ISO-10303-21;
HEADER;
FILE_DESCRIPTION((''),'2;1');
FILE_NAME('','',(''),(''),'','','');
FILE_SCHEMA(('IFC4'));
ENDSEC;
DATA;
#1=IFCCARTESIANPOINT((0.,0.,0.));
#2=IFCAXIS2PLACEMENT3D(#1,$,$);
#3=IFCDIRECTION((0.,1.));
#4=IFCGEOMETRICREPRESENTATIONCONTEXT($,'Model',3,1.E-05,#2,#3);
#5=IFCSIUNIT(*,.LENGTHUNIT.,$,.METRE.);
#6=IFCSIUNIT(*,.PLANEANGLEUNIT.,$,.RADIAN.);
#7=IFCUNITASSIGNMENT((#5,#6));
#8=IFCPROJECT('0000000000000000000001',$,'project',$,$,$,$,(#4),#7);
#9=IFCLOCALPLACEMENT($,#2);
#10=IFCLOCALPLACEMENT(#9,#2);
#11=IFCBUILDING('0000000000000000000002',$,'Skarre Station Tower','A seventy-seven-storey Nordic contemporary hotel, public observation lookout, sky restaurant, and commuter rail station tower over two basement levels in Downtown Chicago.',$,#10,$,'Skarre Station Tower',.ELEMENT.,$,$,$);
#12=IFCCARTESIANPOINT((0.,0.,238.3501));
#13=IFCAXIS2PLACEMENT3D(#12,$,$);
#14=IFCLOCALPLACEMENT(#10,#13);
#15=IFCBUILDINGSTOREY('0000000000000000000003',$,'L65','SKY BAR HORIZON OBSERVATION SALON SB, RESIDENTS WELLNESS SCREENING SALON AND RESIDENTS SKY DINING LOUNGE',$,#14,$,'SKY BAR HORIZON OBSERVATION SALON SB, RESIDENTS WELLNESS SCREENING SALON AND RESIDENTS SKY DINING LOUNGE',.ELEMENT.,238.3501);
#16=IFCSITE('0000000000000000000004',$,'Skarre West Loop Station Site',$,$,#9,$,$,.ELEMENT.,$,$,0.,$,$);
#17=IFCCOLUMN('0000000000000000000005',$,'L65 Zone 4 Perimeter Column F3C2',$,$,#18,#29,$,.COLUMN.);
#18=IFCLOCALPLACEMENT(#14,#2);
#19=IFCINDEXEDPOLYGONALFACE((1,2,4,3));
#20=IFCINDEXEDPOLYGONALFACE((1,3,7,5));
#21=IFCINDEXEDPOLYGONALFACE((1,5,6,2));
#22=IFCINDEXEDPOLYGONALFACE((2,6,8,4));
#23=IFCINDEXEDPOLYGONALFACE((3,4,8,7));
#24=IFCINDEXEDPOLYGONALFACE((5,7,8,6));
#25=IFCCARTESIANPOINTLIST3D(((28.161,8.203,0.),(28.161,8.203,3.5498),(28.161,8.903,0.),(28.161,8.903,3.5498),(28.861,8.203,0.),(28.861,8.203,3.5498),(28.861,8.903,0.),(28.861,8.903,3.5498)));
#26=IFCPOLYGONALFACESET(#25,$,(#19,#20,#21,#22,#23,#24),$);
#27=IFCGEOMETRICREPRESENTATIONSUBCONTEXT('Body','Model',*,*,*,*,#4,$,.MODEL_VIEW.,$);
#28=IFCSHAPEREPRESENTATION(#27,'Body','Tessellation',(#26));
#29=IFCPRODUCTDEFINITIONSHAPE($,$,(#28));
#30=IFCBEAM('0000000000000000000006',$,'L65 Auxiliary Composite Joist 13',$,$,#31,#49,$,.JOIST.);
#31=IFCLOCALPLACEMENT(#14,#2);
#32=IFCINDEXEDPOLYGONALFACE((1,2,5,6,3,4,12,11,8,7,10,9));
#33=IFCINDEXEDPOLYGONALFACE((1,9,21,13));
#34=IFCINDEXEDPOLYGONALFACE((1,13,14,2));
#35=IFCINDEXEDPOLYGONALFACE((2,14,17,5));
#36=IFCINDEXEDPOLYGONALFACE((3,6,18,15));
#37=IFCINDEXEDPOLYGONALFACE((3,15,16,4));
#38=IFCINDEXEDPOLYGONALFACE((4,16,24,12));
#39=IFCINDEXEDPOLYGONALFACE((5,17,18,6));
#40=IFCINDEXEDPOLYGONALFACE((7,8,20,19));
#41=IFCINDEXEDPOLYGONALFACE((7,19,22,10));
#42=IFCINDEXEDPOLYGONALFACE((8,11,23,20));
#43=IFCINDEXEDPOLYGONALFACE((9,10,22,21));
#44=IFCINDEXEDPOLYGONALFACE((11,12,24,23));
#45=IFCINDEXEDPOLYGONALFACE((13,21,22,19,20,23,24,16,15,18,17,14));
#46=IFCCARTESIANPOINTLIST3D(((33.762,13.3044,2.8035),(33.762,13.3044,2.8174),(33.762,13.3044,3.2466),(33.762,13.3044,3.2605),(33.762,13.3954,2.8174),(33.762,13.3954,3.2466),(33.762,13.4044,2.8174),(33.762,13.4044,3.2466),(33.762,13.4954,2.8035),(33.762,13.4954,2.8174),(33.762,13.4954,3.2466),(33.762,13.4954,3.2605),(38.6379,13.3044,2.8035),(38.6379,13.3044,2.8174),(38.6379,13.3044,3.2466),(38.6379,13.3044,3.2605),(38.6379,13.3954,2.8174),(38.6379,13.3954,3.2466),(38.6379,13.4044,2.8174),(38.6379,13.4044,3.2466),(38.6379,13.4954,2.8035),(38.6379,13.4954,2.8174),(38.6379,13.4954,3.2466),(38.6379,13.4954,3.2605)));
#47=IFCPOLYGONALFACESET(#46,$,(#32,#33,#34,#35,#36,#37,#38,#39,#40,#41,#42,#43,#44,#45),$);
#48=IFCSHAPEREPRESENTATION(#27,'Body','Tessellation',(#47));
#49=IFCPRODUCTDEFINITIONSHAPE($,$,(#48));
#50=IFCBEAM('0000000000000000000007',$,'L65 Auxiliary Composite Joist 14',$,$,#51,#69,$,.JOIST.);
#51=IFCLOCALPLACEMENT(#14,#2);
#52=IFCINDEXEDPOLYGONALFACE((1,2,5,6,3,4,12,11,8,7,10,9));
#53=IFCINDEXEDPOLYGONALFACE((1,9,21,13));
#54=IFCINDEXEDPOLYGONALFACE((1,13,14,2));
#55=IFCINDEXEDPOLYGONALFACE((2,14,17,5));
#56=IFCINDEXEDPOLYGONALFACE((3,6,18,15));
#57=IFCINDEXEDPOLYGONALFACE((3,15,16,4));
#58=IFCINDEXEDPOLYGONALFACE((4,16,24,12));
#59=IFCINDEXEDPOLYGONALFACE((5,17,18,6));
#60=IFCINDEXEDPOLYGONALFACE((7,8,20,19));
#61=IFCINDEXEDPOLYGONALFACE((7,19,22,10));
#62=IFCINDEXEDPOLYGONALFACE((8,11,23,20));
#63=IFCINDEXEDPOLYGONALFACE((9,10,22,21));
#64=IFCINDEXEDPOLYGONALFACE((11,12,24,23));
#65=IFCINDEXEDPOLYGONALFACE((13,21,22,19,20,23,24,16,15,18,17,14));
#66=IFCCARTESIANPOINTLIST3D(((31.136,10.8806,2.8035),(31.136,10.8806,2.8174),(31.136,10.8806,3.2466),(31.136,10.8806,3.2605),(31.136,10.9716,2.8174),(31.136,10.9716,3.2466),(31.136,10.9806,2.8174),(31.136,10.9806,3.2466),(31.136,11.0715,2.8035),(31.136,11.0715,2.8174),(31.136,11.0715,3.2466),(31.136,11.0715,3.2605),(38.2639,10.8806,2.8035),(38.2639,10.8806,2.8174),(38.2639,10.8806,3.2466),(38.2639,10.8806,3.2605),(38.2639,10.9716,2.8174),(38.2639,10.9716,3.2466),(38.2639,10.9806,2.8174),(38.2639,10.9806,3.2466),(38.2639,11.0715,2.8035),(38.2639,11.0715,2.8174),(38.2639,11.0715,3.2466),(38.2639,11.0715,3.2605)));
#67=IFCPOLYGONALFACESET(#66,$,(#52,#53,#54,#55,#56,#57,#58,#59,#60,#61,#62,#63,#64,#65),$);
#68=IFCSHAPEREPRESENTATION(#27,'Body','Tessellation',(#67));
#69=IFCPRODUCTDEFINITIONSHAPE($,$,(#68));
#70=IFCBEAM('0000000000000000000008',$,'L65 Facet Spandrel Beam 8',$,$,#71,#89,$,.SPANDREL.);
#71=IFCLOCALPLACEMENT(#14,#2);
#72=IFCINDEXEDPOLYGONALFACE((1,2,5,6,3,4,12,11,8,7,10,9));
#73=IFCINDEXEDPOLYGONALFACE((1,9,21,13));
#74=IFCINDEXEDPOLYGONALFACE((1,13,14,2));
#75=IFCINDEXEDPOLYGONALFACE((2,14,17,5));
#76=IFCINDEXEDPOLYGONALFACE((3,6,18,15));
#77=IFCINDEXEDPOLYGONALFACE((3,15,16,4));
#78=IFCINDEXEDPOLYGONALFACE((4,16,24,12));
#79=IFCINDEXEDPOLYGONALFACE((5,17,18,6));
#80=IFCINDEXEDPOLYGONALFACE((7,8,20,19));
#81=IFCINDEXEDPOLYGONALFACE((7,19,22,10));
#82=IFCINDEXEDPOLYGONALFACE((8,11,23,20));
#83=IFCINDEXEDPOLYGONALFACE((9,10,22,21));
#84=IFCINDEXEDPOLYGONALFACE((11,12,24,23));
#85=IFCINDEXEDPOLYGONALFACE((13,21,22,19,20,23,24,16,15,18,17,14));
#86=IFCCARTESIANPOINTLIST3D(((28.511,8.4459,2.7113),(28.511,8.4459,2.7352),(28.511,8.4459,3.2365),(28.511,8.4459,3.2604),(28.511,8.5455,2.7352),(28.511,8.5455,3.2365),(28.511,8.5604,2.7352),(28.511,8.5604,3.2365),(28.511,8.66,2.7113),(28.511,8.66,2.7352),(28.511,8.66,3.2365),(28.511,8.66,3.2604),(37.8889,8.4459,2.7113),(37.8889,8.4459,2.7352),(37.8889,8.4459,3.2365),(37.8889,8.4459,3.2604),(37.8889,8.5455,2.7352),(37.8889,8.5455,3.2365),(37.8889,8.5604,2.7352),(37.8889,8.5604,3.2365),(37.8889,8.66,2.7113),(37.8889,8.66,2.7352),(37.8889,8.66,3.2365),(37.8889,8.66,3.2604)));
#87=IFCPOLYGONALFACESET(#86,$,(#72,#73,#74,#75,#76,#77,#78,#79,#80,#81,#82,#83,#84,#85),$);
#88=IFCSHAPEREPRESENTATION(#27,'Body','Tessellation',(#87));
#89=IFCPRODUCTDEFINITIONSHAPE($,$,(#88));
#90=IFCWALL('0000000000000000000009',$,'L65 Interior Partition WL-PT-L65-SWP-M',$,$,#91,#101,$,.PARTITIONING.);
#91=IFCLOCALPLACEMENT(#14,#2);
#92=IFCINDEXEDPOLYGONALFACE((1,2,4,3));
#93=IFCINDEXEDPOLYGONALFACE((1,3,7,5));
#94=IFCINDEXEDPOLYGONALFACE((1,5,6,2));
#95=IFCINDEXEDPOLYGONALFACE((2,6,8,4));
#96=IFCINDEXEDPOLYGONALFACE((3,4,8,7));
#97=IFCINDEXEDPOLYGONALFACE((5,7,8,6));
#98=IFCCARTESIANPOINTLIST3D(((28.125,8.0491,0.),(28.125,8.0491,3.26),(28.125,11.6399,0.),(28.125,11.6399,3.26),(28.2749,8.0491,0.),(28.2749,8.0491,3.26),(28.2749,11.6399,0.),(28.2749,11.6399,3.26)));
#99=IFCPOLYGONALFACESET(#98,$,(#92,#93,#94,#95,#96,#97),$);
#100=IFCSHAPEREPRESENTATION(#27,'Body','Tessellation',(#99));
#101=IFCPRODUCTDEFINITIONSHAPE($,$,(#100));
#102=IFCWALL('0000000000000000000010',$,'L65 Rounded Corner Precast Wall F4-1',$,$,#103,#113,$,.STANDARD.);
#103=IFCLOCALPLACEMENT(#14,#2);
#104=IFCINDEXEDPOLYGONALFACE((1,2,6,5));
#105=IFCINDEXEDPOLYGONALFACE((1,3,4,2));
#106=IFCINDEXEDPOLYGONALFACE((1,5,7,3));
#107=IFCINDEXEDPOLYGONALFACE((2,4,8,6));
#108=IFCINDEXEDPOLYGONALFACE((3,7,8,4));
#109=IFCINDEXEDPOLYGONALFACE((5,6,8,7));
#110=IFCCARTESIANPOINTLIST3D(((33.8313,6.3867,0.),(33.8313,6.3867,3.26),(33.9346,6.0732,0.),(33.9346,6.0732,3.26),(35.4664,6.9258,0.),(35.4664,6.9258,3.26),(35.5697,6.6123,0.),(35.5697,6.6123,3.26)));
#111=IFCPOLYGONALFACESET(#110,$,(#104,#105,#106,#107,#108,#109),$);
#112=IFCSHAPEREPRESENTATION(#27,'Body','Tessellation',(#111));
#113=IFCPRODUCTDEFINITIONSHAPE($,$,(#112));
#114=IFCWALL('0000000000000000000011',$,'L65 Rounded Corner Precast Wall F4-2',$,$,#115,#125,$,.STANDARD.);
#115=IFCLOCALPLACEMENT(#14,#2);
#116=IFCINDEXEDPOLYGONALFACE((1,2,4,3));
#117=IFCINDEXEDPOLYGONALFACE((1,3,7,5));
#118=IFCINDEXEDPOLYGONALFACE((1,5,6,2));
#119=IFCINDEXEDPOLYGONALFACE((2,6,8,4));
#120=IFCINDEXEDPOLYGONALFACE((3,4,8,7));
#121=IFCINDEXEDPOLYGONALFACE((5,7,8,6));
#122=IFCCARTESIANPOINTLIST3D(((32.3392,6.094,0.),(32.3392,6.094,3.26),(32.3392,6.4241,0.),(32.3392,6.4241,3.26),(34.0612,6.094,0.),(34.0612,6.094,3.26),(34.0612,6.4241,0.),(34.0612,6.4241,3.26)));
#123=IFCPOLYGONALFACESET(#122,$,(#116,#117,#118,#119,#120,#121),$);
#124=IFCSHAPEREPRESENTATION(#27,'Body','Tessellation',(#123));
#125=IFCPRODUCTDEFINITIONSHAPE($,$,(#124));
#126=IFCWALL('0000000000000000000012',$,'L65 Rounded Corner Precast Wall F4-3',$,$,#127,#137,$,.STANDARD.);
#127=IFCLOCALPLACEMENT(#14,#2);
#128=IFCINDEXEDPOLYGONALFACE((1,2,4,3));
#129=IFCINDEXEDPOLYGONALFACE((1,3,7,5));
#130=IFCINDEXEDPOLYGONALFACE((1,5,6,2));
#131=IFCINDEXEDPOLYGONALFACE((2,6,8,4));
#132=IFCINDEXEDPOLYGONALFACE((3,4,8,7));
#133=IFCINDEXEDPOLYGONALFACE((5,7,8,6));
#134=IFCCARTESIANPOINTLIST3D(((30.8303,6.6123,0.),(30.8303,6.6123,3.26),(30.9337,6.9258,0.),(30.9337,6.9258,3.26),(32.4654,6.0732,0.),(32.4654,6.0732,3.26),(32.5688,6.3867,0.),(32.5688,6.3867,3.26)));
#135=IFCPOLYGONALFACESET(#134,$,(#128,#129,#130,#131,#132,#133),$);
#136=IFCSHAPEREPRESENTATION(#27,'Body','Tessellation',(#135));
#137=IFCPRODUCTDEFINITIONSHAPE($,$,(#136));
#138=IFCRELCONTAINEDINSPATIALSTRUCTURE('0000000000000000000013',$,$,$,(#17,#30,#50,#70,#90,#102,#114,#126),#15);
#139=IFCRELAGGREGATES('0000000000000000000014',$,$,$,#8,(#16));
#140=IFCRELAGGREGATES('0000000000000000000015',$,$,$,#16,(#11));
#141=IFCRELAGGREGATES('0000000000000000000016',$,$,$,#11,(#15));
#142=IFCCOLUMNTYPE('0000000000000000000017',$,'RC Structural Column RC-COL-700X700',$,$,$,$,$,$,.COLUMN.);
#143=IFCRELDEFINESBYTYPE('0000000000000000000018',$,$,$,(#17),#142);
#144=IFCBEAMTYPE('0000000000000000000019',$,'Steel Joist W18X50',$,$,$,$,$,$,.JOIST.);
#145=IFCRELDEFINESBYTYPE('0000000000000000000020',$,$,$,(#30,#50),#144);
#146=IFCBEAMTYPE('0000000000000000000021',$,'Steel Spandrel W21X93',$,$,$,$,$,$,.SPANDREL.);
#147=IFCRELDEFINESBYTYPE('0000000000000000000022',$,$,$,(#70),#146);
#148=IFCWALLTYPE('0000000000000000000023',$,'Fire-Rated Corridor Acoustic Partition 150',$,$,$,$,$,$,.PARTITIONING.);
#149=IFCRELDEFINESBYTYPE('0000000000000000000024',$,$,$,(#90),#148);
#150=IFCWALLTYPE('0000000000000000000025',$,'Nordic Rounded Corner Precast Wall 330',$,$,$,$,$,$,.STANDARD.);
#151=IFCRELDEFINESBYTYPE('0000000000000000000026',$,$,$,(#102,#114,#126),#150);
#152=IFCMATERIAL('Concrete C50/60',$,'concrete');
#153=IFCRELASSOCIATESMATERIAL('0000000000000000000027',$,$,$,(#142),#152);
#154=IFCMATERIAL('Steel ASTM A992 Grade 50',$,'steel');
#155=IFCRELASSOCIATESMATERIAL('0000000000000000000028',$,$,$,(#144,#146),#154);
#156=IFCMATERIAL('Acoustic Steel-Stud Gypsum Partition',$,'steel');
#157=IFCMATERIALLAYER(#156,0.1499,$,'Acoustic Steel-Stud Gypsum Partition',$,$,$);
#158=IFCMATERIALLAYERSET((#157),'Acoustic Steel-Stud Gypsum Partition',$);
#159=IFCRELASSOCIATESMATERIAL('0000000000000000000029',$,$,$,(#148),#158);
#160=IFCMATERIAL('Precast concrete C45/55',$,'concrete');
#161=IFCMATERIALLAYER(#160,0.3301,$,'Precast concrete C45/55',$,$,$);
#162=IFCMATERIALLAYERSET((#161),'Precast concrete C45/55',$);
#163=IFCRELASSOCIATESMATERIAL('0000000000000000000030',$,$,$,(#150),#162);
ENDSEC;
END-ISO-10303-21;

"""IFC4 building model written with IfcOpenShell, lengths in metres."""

from ifc_helpers import new_model, si_unit, direction, frame, frame_2d, origin, origin_2d, place, context, subcontext, project, spatial, rectangle, i_section, extrude, material, layer, layer_set, material_profile, profile_set, type_object, element, save


model = new_model("IFC4")

# Units and contexts
model_context = context("Model", 3, precision=1e-05, world=origin(), true_north=direction((0.0, 1.0)))
body_context = subcontext(model_context, "Body", "Model", "MODEL_VIEW")
ifc_project = project(units=[si_unit("LENGTHUNIT", "METRE"), si_unit("PLANEANGLEUNIT", "RADIAN")], contexts=[model_context])

# Site, building, storey
site_placement = place(None, origin())
site = spatial("IfcSite", under=ifc_project, at=site_placement, Name="Skarre West Loop Station Site", CompositionType="ELEMENT", RefElevation=0.0)
building_placement = place(site_placement, origin())
building = spatial("IfcBuilding", under=site, at=building_placement, Name="Skarre Station Tower", Description="A seventy-seven-storey Nordic contemporary hotel, public observation lookout, sky restaurant, and commuter rail station tower over two basement levels in Downtown Chicago.", LongName="Skarre Station Tower", CompositionType="ELEMENT")
storey_placement = place(building_placement, frame((0.0, 0.0, 238.3501)))
storey = spatial("IfcBuildingStorey", under=building, at=storey_placement, Name="L65", Description="SKY BAR HORIZON OBSERVATION SALON SB, RESIDENTS WELLNESS SCREENING SALON AND RESIDENTS SKY DINING LOUNGE", LongName="SKY BAR HORIZON OBSERVATION SALON SB, RESIDENTS WELLNESS SCREENING SALON AND RESIDENTS SKY DINING LOUNGE", CompositionType="ELEMENT", Elevation=238.3501)

# Column
ifc_material_1 = material(Name="Concrete C50/60", Category="concrete")
ifc_material_profile_1 = material_profile(ifc_material_1, rectangle(XDim=0.7, YDim=0.7, at=origin_2d()), Name="Concrete C50/60")
ifc_profile_set_1 = profile_set([ifc_material_profile_1], Name="Concrete C50/60")
column_type = type_object("IfcColumnType", Name="RC Structural Column RC-COL-700X700", PredefinedType="COLUMN", material=ifc_profile_set_1)
column_placement = place(storey_placement, frame((28.511, 8.553, 0.0), z_axis=(0.0, 0.0, 1.0), x_axis=(1.0, 0.0, 0.0)))
element("IfcColumn", 1, at=column_placement, inside=storey, type_object=column_type, Name="L65 Zone 4 Perimeter Column F3C2", PredefinedType="COLUMN", context=body_context, shape_type="SweptSolid", body=[
    extrude(rectangle(XDim=0.7, YDim=0.7, at=origin_2d()), origin(), (0.0, 0.0, 1.0), 3.5498),
])

# Beams
ifc_material_2 = material(Name="Steel ASTM A992 Grade 50", Category="steel")
ifc_material_profile_2 = material_profile(ifc_material_2, i_section(OverallWidth=0.1909, OverallDepth=0.457, WebThickness=0.009, FlangeThickness=0.0139, at=origin_2d()), Name="Steel ASTM A992 Grade 50")
ifc_profile_set_2 = profile_set([ifc_material_profile_2], Name="Steel ASTM A992 Grade 50")
beam_type_1 = type_object("IfcBeamType", Name="Steel Joist W18X50", PredefinedType="JOIST", material=ifc_profile_set_2)
beam_1_placement = place(storey_placement, frame((33.762, 13.3999, 3.032), z_axis=(1.0, 0.0, 0.0), x_axis=(0.0, 1.0, 0.0)))
element("IfcBeam", 2, at=beam_1_placement, inside=storey, type_object=beam_type_1, Name="L65 Auxiliary Composite Joist 13", PredefinedType="JOIST", context=body_context, shape_type="SweptSolid", body=[
    extrude(i_section(OverallWidth=0.1909, OverallDepth=0.457, WebThickness=0.009, FlangeThickness=0.0139, at=origin_2d()), origin(), (0.0, 0.0, 1.0), 4.876),
])
beam_2_placement = place(storey_placement, frame((31.136, 10.9761, 3.032), z_axis=(1.0, 0.0, 0.0), x_axis=(0.0, 1.0, 0.0)))
element("IfcBeam", 3, at=beam_2_placement, inside=storey, type_object=beam_type_1, Name="L65 Auxiliary Composite Joist 14", PredefinedType="JOIST", context=body_context, shape_type="SweptSolid", body=[
    extrude(i_section(OverallWidth=0.1909, OverallDepth=0.457, WebThickness=0.009, FlangeThickness=0.0139, at=origin_2d()), origin(), (0.0, 0.0, 1.0), 7.1279),
])
ifc_material_profile_3 = material_profile(ifc_material_2, i_section(OverallWidth=0.2141, OverallDepth=0.5491, WebThickness=0.0149, FlangeThickness=0.0239, at=origin_2d()), Name="Steel ASTM A992 Grade 50")
ifc_profile_set_3 = profile_set([ifc_material_profile_3], Name="Steel ASTM A992 Grade 50")
beam_type_2 = type_object("IfcBeamType", Name="Steel Spandrel W21X93", PredefinedType="SPANDREL", material=ifc_profile_set_3)
beam_3_placement = place(storey_placement, frame((28.511, 8.553, 2.9858), z_axis=(1.0, 0.0, 0.0), x_axis=(0.0, 1.0, 0.0)))
element("IfcBeam", 4, at=beam_3_placement, inside=storey, type_object=beam_type_2, Name="L65 Facet Spandrel Beam 8", PredefinedType="SPANDREL", context=body_context, shape_type="SweptSolid", body=[
    extrude(i_section(OverallWidth=0.2141, OverallDepth=0.5491, WebThickness=0.0149, FlangeThickness=0.0239, at=origin_2d()), origin(), (0.0, 0.0, 1.0), 9.3779),
])

# Walls
ifc_material_3 = material(Name="Acoustic Steel-Stud Gypsum Partition", Category="steel")
ifc_layer_1 = layer(ifc_material_3, 0.1499, Name="Acoustic Steel-Stud Gypsum Partition")
ifc_layer_set_1 = layer_set([ifc_layer_1], Name="Acoustic Steel-Stud Gypsum Partition")
wall_type_1 = type_object("IfcWallType", Name="Fire-Rated Corridor Acoustic Partition 150", PredefinedType="PARTITIONING", material=ifc_layer_set_1)
wall_1_placement = place(storey_placement, frame((28.2, 8.0491, 0.0), z_axis=(0.0, 0.0, 1.0), x_axis=(0.0, 1.0, 0.0)))
element("IfcWall", 5, at=wall_1_placement, inside=storey, type_object=wall_type_1, Name="L65 Interior Partition WL-PT-L65-SWP-M", PredefinedType="PARTITIONING", context=body_context, shape_type="SweptSolid", body=[
    extrude(rectangle(XDim=3.5908, YDim=0.1499, at=frame_2d((1.7954, 0.0))), origin(), (0.0, 0.0, 1.0), 3.26),
])
ifc_material_4 = material(Name="Precast concrete C45/55", Category="concrete")
ifc_layer_2 = layer(ifc_material_4, 0.3301, Name="Precast concrete C45/55")
ifc_layer_set_2 = layer_set([ifc_layer_2], Name="Precast concrete C45/55")
wall_type_2 = type_object("IfcWallType", Name="Nordic Rounded Corner Precast Wall 330", PredefinedType="STANDARD", material=ifc_layer_set_2)
wall_2_placement = place(storey_placement, frame((35.5181, 6.769, 0.0), z_axis=(0.0, 0.0, 1.0), x_axis=(-0.949713, -0.31312, 0.0)))
element("IfcWall", 6, at=wall_2_placement, inside=storey, type_object=wall_type_2, Name="L65 Rounded Corner Precast Wall F4-1", PredefinedType="STANDARD", context=body_context, shape_type="SweptSolid", body=[
    extrude(rectangle(XDim=1.7217, YDim=0.3301, at=frame_2d((0.8608, 0.0))), origin(), (0.0, 0.0, 1.0), 3.26),
])
wall_3_placement = place(storey_placement, frame((34.061, 6.259, 0.0), z_axis=(0.0, 0.0, 1.0), x_axis=(-1.0, 0.0, 0.0)))
element("IfcWall", 7, at=wall_3_placement, inside=storey, type_object=wall_type_2, Name="L65 Rounded Corner Precast Wall F4-2", PredefinedType="STANDARD", context=body_context, shape_type="SweptSolid", body=[
    extrude(rectangle(XDim=1.7219, YDim=0.3301, at=frame_2d((0.8608, 0.0))), origin(), (0.0, 0.0, 1.0), 3.26),
])
wall_4_placement = place(storey_placement, frame((32.5171, 6.23, 0.0), z_axis=(0.0, 0.0, 1.0), x_axis=(-0.949713, 0.31312, 0.0)))
element("IfcWall", 8, at=wall_4_placement, inside=storey, type_object=wall_type_2, Name="L65 Rounded Corner Precast Wall F4-3", PredefinedType="STANDARD", context=body_context, shape_type="SweptSolid", body=[
    extrude(rectangle(XDim=1.7217, YDim=0.3301, at=frame_2d((0.8608, 0.0))), origin(), (0.0, 0.0, 1.0), 3.26),
])

save(model, "model.ifc")
